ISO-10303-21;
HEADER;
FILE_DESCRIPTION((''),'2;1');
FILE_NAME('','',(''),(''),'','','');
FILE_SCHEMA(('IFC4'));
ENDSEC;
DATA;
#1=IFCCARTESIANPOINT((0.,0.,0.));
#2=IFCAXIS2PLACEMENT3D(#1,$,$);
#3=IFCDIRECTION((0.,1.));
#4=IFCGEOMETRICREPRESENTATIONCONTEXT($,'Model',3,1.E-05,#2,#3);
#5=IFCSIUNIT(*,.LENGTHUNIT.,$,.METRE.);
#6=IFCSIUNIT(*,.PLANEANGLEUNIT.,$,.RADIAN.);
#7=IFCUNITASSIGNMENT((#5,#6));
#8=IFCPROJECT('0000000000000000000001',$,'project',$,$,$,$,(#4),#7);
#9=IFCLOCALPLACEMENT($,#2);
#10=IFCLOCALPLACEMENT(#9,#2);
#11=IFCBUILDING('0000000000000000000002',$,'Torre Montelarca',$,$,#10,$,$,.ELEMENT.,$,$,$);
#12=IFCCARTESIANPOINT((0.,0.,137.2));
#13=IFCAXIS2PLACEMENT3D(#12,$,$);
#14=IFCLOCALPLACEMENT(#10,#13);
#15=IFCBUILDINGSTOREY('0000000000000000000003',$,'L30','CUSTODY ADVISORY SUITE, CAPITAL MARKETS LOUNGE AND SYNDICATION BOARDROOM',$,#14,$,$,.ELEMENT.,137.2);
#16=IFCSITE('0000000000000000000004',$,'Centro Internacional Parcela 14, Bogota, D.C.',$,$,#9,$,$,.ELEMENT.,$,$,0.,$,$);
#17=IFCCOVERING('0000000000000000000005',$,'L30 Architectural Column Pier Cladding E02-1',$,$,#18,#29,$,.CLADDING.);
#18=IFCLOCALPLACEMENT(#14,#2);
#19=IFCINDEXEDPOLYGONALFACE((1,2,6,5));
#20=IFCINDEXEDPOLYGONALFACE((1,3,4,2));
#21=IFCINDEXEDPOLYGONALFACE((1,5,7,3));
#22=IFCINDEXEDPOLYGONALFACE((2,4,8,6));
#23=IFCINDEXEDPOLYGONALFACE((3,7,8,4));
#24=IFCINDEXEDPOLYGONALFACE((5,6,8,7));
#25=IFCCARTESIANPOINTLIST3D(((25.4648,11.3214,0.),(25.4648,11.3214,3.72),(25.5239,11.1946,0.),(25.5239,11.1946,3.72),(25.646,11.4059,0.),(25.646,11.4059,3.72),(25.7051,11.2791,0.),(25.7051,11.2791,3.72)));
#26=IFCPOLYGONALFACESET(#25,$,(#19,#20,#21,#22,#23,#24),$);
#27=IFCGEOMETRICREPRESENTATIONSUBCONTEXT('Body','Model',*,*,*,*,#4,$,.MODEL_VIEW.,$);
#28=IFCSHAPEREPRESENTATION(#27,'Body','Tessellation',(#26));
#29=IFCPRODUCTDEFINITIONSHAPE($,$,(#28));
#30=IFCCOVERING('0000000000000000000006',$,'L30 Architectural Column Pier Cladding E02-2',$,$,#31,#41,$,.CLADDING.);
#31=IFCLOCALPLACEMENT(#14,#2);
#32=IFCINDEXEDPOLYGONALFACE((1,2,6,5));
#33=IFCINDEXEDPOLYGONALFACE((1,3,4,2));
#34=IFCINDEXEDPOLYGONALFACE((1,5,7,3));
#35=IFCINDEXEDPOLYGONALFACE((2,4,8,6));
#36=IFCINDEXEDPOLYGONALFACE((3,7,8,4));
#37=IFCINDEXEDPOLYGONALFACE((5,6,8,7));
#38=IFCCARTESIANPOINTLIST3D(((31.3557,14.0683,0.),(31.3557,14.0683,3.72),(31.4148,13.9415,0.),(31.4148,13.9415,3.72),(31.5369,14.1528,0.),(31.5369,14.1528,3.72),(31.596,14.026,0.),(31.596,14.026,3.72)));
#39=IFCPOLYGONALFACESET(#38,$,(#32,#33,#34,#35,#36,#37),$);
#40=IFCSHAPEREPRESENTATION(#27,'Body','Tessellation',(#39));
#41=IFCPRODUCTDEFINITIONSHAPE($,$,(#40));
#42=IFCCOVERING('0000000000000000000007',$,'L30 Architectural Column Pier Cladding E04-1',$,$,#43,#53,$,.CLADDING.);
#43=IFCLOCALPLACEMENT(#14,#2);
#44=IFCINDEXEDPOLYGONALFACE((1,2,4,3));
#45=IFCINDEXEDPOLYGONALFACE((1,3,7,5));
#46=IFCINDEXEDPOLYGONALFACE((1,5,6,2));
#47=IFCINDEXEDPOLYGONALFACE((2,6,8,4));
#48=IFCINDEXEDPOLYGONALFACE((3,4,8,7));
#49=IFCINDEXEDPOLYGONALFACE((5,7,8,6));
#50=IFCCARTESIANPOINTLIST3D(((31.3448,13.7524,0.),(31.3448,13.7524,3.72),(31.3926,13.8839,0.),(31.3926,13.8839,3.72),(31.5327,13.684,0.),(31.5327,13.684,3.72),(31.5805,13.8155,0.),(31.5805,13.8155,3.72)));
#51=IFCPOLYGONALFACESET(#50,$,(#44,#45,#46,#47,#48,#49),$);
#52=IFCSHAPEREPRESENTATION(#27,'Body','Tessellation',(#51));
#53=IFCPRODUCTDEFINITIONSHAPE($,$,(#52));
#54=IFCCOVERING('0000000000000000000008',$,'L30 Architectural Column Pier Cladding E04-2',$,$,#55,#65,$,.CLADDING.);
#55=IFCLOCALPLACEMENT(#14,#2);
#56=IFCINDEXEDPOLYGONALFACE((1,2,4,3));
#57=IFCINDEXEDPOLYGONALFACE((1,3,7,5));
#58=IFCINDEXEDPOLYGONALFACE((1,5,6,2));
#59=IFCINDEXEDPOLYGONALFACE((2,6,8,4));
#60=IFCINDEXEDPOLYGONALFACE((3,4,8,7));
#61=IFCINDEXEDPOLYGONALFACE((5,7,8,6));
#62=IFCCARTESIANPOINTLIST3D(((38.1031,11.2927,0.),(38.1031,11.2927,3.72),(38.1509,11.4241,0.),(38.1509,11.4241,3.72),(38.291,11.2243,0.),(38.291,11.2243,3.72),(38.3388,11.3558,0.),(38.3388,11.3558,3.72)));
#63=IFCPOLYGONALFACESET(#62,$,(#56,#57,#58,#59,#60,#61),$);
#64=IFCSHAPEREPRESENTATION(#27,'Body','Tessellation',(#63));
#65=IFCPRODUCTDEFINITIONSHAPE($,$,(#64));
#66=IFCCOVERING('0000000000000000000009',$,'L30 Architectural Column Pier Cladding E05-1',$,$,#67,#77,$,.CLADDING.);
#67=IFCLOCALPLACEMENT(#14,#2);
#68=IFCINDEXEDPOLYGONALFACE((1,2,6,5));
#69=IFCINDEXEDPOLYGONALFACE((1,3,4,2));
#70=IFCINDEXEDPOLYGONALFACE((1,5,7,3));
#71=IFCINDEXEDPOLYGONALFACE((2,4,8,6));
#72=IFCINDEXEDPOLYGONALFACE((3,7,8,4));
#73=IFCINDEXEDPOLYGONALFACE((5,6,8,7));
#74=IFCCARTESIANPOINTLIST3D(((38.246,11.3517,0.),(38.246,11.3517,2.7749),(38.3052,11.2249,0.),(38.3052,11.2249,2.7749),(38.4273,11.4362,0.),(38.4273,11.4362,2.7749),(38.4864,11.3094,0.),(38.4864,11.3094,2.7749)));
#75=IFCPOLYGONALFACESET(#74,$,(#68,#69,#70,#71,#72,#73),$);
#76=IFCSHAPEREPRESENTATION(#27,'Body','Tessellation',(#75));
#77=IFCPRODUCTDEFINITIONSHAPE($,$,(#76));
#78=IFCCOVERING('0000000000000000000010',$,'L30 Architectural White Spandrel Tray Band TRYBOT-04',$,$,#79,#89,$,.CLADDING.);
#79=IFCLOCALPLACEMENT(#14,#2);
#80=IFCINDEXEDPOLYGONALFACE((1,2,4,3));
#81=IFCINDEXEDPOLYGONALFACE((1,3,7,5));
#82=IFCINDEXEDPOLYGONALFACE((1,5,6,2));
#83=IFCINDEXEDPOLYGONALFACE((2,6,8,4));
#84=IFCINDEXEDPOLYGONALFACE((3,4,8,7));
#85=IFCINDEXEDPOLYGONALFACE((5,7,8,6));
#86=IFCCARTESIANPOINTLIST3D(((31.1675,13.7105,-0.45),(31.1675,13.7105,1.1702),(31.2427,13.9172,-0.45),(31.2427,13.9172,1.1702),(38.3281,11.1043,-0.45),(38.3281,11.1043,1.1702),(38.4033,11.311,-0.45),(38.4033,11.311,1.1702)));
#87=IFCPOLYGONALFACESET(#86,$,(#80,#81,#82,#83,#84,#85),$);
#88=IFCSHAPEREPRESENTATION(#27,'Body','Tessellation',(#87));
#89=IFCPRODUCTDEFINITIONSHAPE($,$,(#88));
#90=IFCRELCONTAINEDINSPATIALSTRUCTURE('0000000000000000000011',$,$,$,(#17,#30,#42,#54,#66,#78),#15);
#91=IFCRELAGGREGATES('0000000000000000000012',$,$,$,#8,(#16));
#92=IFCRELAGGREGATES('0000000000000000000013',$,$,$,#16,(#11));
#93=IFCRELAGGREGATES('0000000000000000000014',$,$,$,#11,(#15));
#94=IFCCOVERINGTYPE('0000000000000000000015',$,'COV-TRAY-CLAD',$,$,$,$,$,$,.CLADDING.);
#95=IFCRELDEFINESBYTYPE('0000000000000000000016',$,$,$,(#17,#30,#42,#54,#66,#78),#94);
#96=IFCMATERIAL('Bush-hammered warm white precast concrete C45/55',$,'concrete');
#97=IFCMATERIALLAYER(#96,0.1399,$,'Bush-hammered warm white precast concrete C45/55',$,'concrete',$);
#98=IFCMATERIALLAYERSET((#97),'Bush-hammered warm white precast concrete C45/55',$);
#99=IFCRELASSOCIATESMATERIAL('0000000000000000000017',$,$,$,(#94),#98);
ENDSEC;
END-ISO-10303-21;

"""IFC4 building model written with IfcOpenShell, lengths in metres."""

from ifc_helpers import new_model, si_unit, direction, frame, origin, origin_2d, place, context, subcontext, project, spatial, rectangle, extrude, source, transform, mapped, material, layer, layer_set, type_object, element, save


model = new_model("IFC4")

# Units and contexts
model_context = context("Model", 3, precision=1e-05, world=origin(), true_north=direction((0.0, 1.0)))
body_context = subcontext(model_context, "Body", "Model", "MODEL_VIEW")
ifc_project = project(units=[si_unit("LENGTHUNIT", "METRE"), si_unit("PLANEANGLEUNIT", "RADIAN")], contexts=[model_context])

# Site, building, storey
site_placement = place(None, origin())
site = spatial("IfcSite", under=ifc_project, at=site_placement, Name="Centro Internacional Parcela 14, Bogota, D.C.", CompositionType="ELEMENT", RefElevation=0.0)
building_placement = place(site_placement, origin())
building = spatial("IfcBuilding", under=site, at=building_placement, Name="Torre Montelarca", CompositionType="ELEMENT")
storey_placement = place(building_placement, frame((0.0, 0.0, 137.2)))
storey = spatial("IfcBuildingStorey", under=building, at=storey_placement, Name="L30", Description="CUSTODY ADVISORY SUITE, CAPITAL MARKETS LOUNGE AND SYNDICATION BOARDROOM", CompositionType="ELEMENT", Elevation=137.2)

# Coverings
ifc_material_1 = material(Name="Bush-hammered warm white precast concrete C45/55", Category="concrete")
ifc_layer_1 = layer(ifc_material_1, 0.1399, Name="Bush-hammered warm white precast concrete C45/55", Category="concrete")
ifc_layer_set_1 = layer_set([ifc_layer_1], Name="Bush-hammered warm white precast concrete C45/55")
covering_type = type_object("IfcCoveringType", Name="COV-TRAY-CLAD", PredefinedType="CLADDING", material=ifc_layer_set_1)
shared_shape_1 = source(origin(), body_context, "Body", "SweptSolid", [
    extrude(rectangle(XDim=0.2, YDim=0.1399, at=origin_2d()), origin(), (0.0, 0.0, 1.0), 3.72),
])
for number, where, z_axis, x_axis, name in (
    (1, (25.585, 11.3003, 0.0), (0.0, 0.0, 1.0), (0.906314, 0.422604, 0.0), "L30 Architectural Column Pier Cladding E02-1"),
    (2, (31.4758, 14.0471, 0.0), (0.0, 0.0, 1.0), (0.906314, 0.422604, 0.0), "L30 Architectural Column Pier Cladding E02-2"),
    (3, (31.4626, 13.7839, 0.0), (0.0, 0.0, 1.0), (0.939696, -0.342012, 0.0), "L30 Architectural Column Pier Cladding E04-1"),
    (4, (38.2209, 11.3242, 0.0), (0.0, 0.0, 1.0), (0.939696, -0.342012, 0.0), "L30 Architectural Column Pier Cladding E04-2"),
):
    element("IfcCovering", number, at=place(storey_placement, frame(where, z_axis=z_axis, x_axis=x_axis)), inside=storey, type_object=covering_type, Name=name, PredefinedType="CLADDING", context=body_context, shape_type="MappedRepresentation", body=[
        mapped(shared_shape_1, transform((0.0, 0.0, 0.0), scale=1.0)),
    ])
shared_shape_2 = source(origin(), body_context, "Body", "SweptSolid", [
    extrude(rectangle(XDim=0.2, YDim=0.1399, at=origin_2d()), origin(), (0.0, 0.0, 1.0), 2.7749),
])
covering_1_placement = place(storey_placement, frame((38.3662, 11.3306, 0.0), z_axis=(0.0, 0.0, 1.0), x_axis=(0.906311, 0.422612, 0.0)))
element("IfcCovering", 5, at=covering_1_placement, inside=storey, type_object=covering_type, Name="L30 Architectural Column Pier Cladding E05-1", PredefinedType="CLADDING", context=body_context, shape_type="MappedRepresentation", body=[
    mapped(shared_shape_2, transform((0.0, 0.0, 0.0), scale=1.0)),
])
shared_shape_3 = source(origin(), body_context, "Body", "SweptSolid", [
    extrude(rectangle(XDim=7.6201, YDim=0.22, at=origin_2d()), origin(), (0.0, 0.0, 1.0), 1.6201),
])
covering_2_placement = place(storey_placement, frame((34.7854, 12.5107, -0.45), z_axis=(0.0, 0.0, 1.0), x_axis=(0.939695, -0.342014, 0.0)))
element("IfcCovering", 6, at=covering_2_placement, inside=storey, type_object=covering_type, Name="L30 Architectural White Spandrel Tray Band TRYBOT-04", PredefinedType="CLADDING", context=body_context, shape_type="MappedRepresentation", body=[
    mapped(shared_shape_3, transform((0.0, 0.0, 0.0), scale=1.0)),
])

save(model, "model.ifc")
